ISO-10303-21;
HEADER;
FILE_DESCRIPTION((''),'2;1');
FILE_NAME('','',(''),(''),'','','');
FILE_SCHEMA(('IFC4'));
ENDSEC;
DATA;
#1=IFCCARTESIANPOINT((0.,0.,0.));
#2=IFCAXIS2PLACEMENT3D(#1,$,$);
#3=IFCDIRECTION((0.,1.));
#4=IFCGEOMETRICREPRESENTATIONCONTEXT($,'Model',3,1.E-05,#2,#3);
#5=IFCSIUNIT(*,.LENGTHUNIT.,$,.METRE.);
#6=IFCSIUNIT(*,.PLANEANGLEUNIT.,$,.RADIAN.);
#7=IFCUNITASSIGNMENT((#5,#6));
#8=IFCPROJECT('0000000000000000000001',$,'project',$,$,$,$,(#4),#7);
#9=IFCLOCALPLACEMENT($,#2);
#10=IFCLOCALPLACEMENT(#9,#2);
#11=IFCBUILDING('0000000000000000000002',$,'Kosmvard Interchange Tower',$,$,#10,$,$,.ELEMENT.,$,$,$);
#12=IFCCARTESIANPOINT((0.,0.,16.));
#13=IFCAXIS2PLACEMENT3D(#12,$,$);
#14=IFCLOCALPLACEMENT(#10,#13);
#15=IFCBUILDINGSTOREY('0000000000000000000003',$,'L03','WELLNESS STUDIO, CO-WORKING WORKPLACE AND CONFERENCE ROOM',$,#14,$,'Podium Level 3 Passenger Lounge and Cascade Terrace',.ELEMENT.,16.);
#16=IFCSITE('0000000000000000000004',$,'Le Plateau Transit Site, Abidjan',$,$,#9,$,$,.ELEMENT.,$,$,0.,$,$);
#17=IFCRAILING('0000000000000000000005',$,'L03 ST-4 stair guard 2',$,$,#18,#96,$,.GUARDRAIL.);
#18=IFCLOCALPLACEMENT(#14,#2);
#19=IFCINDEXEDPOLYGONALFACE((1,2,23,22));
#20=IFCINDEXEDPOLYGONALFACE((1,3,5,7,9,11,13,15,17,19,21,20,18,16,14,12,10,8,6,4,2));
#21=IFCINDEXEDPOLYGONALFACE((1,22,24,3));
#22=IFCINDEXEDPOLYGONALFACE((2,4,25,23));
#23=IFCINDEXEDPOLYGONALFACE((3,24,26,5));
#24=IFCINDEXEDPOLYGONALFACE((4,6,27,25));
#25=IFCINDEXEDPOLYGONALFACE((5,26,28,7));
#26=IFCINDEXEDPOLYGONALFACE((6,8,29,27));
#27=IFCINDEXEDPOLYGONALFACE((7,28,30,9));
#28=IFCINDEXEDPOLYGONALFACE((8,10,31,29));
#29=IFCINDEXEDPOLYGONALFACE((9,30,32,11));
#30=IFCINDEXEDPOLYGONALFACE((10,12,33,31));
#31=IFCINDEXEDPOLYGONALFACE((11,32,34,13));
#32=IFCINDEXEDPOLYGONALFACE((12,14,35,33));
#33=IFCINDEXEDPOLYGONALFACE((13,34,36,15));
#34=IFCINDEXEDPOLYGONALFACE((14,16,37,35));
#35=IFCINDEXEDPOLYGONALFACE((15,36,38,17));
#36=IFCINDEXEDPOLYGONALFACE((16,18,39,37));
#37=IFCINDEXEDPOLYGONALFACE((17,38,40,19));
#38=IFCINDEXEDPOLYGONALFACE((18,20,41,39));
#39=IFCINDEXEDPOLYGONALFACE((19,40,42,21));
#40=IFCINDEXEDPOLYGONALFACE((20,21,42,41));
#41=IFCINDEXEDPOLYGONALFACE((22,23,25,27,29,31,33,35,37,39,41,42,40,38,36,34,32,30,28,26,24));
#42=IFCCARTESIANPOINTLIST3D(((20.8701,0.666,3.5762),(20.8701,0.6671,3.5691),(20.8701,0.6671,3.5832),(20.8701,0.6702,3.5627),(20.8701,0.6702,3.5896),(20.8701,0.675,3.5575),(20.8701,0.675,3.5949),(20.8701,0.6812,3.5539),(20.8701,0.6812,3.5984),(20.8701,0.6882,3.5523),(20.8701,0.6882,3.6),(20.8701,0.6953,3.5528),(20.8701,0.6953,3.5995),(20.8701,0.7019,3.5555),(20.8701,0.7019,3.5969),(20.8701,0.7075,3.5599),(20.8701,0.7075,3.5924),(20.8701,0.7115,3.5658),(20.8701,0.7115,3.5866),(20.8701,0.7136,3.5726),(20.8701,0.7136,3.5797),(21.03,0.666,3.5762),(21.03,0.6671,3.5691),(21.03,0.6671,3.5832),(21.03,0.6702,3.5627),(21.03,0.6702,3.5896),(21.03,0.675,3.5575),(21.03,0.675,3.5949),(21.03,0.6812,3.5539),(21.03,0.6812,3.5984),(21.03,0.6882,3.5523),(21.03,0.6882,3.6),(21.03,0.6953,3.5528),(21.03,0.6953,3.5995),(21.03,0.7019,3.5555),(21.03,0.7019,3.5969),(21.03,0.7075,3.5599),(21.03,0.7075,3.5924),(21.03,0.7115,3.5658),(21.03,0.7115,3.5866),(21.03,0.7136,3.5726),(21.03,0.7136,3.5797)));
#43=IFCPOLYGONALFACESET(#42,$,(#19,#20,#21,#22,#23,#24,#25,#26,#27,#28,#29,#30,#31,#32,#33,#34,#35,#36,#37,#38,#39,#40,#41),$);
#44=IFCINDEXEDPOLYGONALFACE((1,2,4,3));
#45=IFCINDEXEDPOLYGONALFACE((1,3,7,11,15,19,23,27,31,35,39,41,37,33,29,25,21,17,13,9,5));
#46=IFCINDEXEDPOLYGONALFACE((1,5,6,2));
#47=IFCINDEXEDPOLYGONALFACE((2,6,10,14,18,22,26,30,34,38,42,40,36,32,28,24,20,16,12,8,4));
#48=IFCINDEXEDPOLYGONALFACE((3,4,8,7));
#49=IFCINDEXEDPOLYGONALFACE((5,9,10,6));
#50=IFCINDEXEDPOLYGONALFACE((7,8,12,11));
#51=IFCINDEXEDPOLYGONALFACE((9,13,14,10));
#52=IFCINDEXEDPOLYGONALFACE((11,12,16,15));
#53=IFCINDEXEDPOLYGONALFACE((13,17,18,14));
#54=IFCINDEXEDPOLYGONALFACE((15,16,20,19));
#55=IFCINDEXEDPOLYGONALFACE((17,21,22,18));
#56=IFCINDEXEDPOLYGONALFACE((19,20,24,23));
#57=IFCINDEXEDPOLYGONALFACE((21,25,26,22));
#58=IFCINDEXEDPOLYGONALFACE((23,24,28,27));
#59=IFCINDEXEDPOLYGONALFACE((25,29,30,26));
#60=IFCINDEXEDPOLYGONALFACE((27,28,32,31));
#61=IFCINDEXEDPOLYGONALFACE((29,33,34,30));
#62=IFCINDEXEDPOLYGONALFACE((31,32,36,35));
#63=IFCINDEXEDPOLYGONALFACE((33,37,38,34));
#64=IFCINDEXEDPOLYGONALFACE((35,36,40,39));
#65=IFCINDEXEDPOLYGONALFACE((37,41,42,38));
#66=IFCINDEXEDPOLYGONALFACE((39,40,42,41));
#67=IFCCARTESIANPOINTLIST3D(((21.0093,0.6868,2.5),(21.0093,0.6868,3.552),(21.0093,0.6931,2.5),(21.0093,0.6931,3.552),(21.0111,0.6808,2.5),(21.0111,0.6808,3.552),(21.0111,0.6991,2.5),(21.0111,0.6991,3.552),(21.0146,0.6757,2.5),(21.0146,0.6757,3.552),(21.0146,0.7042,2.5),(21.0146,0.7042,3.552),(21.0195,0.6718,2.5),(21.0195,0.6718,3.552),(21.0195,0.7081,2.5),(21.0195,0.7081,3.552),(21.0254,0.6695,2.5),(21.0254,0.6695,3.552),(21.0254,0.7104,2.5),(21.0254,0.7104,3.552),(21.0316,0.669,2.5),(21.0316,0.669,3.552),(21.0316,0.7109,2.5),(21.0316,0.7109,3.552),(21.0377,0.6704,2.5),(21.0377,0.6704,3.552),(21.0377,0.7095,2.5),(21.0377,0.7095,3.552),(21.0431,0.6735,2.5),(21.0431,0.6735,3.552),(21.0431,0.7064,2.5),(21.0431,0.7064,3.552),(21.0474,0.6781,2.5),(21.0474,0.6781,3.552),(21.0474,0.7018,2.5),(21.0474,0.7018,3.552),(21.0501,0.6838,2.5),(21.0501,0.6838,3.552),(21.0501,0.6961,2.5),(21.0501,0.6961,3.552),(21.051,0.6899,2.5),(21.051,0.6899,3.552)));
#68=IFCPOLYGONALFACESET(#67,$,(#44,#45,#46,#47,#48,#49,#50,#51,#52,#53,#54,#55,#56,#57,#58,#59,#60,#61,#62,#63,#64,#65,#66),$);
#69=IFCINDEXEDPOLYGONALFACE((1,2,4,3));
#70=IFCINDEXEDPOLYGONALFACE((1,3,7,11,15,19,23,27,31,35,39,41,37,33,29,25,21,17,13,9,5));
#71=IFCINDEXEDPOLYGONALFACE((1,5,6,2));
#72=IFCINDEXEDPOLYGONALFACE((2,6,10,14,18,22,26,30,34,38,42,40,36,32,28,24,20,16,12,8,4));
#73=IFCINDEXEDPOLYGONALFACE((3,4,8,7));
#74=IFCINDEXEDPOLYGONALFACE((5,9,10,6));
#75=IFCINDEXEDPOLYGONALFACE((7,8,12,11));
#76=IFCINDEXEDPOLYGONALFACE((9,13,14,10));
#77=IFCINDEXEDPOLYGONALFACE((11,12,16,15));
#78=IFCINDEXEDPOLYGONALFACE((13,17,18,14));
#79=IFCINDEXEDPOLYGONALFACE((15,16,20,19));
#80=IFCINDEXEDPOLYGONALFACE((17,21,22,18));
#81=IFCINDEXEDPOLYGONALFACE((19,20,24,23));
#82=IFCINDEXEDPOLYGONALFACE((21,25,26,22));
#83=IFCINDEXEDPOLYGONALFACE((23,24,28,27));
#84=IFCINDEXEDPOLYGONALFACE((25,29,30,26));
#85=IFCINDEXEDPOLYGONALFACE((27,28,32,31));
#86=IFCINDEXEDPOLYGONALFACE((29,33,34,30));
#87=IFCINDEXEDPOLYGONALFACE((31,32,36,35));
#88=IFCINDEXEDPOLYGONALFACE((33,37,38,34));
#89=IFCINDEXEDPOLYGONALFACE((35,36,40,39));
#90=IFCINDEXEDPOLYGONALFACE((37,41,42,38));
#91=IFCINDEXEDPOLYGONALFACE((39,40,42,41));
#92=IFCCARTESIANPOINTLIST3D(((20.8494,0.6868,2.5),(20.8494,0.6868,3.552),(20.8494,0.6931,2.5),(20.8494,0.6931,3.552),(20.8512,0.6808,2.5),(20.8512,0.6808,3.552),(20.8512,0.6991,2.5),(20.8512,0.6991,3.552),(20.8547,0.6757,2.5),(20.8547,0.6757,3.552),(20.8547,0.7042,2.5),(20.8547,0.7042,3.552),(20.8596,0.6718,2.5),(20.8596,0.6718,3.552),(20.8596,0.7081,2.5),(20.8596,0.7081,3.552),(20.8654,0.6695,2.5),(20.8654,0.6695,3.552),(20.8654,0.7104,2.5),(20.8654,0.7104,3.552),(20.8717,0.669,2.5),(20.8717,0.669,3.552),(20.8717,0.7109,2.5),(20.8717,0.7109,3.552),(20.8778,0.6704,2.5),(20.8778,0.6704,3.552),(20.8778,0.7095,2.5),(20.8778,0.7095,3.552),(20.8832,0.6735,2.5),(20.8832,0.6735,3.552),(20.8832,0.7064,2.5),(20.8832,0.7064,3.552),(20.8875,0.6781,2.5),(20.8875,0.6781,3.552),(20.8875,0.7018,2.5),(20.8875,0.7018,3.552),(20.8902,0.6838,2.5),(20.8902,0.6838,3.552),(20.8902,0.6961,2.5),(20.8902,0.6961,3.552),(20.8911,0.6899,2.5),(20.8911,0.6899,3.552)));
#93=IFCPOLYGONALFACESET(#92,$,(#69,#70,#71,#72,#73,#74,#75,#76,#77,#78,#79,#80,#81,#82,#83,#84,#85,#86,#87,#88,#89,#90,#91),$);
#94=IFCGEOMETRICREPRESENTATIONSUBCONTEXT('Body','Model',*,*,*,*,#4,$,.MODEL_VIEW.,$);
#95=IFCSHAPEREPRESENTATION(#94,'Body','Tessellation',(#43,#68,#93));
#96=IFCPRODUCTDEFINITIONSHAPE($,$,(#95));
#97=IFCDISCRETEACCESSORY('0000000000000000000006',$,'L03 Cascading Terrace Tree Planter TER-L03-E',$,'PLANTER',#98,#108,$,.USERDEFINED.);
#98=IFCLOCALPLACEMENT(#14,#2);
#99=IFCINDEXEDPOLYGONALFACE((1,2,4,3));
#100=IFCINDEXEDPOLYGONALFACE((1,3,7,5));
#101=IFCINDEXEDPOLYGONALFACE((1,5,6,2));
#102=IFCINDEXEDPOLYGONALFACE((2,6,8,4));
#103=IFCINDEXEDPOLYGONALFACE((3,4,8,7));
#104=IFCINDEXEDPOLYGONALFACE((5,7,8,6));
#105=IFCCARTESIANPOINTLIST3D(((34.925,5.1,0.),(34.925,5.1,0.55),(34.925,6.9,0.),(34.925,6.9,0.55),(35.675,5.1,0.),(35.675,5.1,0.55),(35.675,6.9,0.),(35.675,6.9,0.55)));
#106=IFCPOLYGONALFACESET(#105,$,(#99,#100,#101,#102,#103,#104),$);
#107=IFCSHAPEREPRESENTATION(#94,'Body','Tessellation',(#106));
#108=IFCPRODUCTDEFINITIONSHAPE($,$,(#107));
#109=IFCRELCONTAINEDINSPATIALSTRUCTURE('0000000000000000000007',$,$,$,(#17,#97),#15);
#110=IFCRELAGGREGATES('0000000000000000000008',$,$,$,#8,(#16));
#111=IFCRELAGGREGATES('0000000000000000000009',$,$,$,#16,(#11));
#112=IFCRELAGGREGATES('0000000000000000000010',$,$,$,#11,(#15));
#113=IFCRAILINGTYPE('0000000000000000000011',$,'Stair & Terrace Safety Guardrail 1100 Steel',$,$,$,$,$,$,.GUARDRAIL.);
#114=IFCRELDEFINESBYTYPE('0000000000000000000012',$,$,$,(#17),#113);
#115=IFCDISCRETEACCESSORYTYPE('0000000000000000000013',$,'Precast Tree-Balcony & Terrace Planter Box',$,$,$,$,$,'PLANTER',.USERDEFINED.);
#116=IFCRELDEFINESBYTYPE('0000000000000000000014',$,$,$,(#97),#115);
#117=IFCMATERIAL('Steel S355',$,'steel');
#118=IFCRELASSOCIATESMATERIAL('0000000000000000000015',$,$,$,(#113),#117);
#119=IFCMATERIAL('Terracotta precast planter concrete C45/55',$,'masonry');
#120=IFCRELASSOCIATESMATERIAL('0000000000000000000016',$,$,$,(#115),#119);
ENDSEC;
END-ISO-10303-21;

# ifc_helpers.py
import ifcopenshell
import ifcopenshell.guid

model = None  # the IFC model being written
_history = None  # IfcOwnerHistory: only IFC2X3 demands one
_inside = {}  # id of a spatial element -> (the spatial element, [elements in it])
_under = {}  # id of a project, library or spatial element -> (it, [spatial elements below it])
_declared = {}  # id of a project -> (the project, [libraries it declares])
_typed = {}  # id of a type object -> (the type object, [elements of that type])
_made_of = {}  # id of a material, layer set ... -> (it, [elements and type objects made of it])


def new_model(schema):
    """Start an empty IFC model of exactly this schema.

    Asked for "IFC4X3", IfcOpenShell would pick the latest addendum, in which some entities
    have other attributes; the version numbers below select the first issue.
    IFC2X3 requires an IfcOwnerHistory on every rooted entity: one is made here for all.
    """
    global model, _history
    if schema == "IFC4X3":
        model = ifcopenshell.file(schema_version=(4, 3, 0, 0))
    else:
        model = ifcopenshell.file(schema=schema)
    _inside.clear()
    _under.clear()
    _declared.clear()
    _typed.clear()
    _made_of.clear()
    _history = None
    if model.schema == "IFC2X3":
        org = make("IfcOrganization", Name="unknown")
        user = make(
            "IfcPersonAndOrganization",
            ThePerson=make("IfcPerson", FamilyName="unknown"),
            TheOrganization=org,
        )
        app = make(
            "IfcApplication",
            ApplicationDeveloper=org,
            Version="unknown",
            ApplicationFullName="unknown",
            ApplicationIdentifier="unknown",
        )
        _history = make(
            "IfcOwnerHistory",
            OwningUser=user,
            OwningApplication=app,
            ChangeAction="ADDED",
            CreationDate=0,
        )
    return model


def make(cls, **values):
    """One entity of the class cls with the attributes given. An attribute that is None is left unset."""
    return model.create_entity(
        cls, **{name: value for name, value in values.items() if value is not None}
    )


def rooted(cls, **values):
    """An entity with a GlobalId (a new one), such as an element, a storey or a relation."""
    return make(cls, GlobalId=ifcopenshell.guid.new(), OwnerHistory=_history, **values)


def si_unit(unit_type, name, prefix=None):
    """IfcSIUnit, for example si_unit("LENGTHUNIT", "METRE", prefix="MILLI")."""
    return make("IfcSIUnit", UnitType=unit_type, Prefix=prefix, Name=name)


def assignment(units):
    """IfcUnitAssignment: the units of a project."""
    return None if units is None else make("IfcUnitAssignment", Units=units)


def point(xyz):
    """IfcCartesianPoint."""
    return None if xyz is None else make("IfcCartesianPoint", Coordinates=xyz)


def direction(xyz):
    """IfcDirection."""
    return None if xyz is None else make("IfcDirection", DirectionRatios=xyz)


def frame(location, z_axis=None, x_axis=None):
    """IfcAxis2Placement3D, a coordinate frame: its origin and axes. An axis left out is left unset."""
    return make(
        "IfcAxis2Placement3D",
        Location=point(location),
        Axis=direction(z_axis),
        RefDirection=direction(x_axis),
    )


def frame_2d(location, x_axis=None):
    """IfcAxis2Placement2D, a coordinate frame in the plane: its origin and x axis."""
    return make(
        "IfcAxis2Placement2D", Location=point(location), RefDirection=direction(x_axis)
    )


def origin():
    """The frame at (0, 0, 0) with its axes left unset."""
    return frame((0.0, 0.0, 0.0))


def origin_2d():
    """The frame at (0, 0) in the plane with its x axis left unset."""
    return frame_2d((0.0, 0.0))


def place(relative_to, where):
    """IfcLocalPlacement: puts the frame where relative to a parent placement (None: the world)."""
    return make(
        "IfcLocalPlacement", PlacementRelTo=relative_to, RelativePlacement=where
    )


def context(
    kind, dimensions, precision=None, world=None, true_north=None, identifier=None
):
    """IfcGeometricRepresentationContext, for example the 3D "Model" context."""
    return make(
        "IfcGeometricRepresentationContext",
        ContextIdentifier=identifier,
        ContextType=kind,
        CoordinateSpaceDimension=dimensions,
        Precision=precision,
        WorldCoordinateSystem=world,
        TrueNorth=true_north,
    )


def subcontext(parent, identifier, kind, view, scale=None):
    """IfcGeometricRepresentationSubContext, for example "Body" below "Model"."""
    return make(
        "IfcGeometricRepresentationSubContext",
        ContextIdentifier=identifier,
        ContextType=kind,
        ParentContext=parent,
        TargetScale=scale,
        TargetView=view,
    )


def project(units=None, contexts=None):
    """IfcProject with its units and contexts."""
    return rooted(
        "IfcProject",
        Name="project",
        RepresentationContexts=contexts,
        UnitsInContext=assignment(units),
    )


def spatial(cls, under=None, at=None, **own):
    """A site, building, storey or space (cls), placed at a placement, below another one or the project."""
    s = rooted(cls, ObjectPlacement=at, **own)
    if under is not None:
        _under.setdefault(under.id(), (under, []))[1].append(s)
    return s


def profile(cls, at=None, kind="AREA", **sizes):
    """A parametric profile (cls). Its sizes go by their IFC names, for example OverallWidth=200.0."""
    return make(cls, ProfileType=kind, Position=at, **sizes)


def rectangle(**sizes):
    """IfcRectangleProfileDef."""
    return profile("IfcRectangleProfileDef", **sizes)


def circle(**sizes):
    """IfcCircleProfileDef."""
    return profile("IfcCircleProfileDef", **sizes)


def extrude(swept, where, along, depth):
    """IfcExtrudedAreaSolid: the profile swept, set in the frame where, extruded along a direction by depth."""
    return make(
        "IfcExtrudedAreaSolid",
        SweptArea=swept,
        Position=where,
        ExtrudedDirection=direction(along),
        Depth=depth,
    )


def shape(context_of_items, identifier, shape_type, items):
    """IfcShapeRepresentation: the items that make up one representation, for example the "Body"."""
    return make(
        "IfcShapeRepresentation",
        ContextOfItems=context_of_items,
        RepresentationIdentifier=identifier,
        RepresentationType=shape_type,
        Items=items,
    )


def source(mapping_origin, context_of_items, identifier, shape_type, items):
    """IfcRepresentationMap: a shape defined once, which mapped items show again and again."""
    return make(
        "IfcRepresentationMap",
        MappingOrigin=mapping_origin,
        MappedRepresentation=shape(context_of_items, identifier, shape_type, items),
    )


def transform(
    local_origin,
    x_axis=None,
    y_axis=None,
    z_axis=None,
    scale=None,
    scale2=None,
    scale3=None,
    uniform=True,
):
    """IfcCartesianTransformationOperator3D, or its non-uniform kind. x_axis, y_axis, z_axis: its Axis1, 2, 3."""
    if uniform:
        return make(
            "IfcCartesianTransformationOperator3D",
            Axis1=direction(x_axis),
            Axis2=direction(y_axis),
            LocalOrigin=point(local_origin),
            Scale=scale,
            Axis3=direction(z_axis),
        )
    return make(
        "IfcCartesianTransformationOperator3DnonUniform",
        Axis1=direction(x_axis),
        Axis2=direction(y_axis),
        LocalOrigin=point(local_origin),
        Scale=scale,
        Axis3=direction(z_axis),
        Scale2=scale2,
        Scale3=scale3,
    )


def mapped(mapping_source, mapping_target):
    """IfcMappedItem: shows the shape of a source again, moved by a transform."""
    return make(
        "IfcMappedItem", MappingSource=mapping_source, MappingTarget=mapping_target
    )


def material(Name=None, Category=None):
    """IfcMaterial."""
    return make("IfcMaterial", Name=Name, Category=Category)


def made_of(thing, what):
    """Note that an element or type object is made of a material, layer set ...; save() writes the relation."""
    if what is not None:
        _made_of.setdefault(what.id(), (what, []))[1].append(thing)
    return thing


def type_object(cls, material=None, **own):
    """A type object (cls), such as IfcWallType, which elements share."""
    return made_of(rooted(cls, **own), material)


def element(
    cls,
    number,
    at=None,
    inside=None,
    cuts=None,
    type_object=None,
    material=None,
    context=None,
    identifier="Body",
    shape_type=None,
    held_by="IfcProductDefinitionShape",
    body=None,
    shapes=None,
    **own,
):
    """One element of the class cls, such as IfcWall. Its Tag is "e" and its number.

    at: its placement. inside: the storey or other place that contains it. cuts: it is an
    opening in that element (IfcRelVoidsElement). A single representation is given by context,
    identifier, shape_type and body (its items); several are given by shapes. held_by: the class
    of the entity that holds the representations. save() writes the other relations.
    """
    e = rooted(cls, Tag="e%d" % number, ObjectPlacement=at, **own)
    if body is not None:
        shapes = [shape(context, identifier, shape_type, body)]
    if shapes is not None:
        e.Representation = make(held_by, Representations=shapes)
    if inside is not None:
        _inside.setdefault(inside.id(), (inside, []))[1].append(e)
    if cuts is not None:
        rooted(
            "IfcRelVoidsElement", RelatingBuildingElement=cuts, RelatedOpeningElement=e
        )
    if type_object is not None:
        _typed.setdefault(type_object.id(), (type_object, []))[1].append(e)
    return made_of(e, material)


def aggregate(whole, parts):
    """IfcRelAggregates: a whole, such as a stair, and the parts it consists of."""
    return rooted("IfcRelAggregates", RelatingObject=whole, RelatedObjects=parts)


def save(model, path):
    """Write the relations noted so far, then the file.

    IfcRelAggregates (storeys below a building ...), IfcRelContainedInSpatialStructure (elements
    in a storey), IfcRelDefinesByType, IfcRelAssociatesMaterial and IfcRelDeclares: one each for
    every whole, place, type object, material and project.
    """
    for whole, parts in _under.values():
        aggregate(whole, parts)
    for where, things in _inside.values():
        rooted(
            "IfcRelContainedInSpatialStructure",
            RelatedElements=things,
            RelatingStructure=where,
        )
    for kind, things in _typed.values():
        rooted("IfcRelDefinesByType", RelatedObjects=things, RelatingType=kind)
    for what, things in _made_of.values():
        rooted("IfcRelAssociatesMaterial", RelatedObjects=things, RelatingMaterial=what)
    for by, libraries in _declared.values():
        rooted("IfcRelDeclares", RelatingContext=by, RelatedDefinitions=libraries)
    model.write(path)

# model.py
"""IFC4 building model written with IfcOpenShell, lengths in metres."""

from ifc_helpers import new_model, si_unit, direction, frame, origin, origin_2d, place, context, subcontext, project, spatial, rectangle, circle, extrude, source, transform, mapped, material, type_object, element, save


model = new_model("IFC4")

# Units and contexts
model_context = context("Model", 3, precision=1e-05, world=origin(), true_north=direction((0.0, 1.0)))
body_context = subcontext(model_context, "Body", "Model", "MODEL_VIEW")
ifc_project = project(units=[si_unit("LENGTHUNIT", "METRE"), si_unit("PLANEANGLEUNIT", "RADIAN")], contexts=[model_context])

# Site, building, storey
site_placement = place(None, origin())
site = spatial("IfcSite", under=ifc_project, at=site_placement, Name="Le Plateau Transit Site, Abidjan", CompositionType="ELEMENT", RefElevation=0.0)
building_placement = place(site_placement, origin())
building = spatial("IfcBuilding", under=site, at=building_placement, Name="Kosmvard Interchange Tower", CompositionType="ELEMENT")
storey_placement = place(building_placement, frame((0.0, 0.0, 16.0)))
storey = spatial("IfcBuildingStorey", under=building, at=storey_placement, Name="L03", Description="WELLNESS STUDIO, CO-WORKING WORKPLACE AND CONFERENCE ROOM", LongName="Podium Level 3 Passenger Lounge and Cascade Terrace", CompositionType="ELEMENT", Elevation=16.0)

# Shared definitions
ifc_material_1 = material(Name="Steel S355", Category="steel")

# Railing
railing_type_1 = type_object("IfcRailingType", Name="Stair & Terrace Safety Guardrail 1100 Steel", PredefinedType="GUARDRAIL", material=ifc_material_1)
shared_shape_1 = source(origin(), body_context, "Body", "SweptSolid", [
    extrude(circle(Radius=0.0239, at=origin_2d()), frame((0.0, 0.0, 1.0762), z_axis=(-1.0, 0.0, 0.0), x_axis=(0.0, -1.0, 0.0)), (0.0, 0.0, 1.0), 0.1599),
    extrude(circle(Radius=0.021, at=origin_2d()), origin(), (0.0, 0.0, 1.0), 1.052),
    extrude(circle(Radius=0.021, at=origin_2d()), frame((-0.1599, 0.0, 0.0)), (0.0, 0.0, 1.0), 1.052),
])
railing_1_placement = place(storey_placement, frame((21.03, 0.6899, 2.5)))
element("IfcRailing", 1, at=railing_1_placement, inside=storey, type_object=railing_type_1, Name="L03 ST-4 stair guard 2", PredefinedType="GUARDRAIL", context=body_context, shape_type="MappedRepresentation", body=[
    mapped(shared_shape_1, transform((0.0, 0.0, 0.0), scale=1.0)),
])

# Discrete accessory
ifc_material_2 = material(Name="Terracotta precast planter concrete C45/55", Category="masonry")
discrete_accessory_type = type_object("IfcDiscreteAccessoryType", Name="Precast Tree-Balcony & Terrace Planter Box", ElementType="PLANTER", PredefinedType="USERDEFINED", material=ifc_material_2)
shared_shape_2 = source(origin(), body_context, "Body", "SweptSolid", [
    extrude(rectangle(XDim=0.75, YDim=1.8, at=origin_2d()), origin(), (0.0, 0.0, 1.0), 0.55),
])
discrete_accessory_placement = place(storey_placement, frame((35.3, 6.0, 0.0), z_axis=(0.0, 0.0, 1.0), x_axis=(1.0, 0.0, 0.0)))
element("IfcDiscreteAccessory", 2, at=discrete_accessory_placement, inside=storey, type_object=discrete_accessory_type, Name="L03 Cascading Terrace Tree Planter TER-L03-E", ObjectType="PLANTER", PredefinedType="USERDEFINED", context=body_context, shape_type="MappedRepresentation", body=[
    mapped(shared_shape_2, transform((0.0, 0.0, 0.0), scale=1.0)),
])

save(model, "model.ifc")
